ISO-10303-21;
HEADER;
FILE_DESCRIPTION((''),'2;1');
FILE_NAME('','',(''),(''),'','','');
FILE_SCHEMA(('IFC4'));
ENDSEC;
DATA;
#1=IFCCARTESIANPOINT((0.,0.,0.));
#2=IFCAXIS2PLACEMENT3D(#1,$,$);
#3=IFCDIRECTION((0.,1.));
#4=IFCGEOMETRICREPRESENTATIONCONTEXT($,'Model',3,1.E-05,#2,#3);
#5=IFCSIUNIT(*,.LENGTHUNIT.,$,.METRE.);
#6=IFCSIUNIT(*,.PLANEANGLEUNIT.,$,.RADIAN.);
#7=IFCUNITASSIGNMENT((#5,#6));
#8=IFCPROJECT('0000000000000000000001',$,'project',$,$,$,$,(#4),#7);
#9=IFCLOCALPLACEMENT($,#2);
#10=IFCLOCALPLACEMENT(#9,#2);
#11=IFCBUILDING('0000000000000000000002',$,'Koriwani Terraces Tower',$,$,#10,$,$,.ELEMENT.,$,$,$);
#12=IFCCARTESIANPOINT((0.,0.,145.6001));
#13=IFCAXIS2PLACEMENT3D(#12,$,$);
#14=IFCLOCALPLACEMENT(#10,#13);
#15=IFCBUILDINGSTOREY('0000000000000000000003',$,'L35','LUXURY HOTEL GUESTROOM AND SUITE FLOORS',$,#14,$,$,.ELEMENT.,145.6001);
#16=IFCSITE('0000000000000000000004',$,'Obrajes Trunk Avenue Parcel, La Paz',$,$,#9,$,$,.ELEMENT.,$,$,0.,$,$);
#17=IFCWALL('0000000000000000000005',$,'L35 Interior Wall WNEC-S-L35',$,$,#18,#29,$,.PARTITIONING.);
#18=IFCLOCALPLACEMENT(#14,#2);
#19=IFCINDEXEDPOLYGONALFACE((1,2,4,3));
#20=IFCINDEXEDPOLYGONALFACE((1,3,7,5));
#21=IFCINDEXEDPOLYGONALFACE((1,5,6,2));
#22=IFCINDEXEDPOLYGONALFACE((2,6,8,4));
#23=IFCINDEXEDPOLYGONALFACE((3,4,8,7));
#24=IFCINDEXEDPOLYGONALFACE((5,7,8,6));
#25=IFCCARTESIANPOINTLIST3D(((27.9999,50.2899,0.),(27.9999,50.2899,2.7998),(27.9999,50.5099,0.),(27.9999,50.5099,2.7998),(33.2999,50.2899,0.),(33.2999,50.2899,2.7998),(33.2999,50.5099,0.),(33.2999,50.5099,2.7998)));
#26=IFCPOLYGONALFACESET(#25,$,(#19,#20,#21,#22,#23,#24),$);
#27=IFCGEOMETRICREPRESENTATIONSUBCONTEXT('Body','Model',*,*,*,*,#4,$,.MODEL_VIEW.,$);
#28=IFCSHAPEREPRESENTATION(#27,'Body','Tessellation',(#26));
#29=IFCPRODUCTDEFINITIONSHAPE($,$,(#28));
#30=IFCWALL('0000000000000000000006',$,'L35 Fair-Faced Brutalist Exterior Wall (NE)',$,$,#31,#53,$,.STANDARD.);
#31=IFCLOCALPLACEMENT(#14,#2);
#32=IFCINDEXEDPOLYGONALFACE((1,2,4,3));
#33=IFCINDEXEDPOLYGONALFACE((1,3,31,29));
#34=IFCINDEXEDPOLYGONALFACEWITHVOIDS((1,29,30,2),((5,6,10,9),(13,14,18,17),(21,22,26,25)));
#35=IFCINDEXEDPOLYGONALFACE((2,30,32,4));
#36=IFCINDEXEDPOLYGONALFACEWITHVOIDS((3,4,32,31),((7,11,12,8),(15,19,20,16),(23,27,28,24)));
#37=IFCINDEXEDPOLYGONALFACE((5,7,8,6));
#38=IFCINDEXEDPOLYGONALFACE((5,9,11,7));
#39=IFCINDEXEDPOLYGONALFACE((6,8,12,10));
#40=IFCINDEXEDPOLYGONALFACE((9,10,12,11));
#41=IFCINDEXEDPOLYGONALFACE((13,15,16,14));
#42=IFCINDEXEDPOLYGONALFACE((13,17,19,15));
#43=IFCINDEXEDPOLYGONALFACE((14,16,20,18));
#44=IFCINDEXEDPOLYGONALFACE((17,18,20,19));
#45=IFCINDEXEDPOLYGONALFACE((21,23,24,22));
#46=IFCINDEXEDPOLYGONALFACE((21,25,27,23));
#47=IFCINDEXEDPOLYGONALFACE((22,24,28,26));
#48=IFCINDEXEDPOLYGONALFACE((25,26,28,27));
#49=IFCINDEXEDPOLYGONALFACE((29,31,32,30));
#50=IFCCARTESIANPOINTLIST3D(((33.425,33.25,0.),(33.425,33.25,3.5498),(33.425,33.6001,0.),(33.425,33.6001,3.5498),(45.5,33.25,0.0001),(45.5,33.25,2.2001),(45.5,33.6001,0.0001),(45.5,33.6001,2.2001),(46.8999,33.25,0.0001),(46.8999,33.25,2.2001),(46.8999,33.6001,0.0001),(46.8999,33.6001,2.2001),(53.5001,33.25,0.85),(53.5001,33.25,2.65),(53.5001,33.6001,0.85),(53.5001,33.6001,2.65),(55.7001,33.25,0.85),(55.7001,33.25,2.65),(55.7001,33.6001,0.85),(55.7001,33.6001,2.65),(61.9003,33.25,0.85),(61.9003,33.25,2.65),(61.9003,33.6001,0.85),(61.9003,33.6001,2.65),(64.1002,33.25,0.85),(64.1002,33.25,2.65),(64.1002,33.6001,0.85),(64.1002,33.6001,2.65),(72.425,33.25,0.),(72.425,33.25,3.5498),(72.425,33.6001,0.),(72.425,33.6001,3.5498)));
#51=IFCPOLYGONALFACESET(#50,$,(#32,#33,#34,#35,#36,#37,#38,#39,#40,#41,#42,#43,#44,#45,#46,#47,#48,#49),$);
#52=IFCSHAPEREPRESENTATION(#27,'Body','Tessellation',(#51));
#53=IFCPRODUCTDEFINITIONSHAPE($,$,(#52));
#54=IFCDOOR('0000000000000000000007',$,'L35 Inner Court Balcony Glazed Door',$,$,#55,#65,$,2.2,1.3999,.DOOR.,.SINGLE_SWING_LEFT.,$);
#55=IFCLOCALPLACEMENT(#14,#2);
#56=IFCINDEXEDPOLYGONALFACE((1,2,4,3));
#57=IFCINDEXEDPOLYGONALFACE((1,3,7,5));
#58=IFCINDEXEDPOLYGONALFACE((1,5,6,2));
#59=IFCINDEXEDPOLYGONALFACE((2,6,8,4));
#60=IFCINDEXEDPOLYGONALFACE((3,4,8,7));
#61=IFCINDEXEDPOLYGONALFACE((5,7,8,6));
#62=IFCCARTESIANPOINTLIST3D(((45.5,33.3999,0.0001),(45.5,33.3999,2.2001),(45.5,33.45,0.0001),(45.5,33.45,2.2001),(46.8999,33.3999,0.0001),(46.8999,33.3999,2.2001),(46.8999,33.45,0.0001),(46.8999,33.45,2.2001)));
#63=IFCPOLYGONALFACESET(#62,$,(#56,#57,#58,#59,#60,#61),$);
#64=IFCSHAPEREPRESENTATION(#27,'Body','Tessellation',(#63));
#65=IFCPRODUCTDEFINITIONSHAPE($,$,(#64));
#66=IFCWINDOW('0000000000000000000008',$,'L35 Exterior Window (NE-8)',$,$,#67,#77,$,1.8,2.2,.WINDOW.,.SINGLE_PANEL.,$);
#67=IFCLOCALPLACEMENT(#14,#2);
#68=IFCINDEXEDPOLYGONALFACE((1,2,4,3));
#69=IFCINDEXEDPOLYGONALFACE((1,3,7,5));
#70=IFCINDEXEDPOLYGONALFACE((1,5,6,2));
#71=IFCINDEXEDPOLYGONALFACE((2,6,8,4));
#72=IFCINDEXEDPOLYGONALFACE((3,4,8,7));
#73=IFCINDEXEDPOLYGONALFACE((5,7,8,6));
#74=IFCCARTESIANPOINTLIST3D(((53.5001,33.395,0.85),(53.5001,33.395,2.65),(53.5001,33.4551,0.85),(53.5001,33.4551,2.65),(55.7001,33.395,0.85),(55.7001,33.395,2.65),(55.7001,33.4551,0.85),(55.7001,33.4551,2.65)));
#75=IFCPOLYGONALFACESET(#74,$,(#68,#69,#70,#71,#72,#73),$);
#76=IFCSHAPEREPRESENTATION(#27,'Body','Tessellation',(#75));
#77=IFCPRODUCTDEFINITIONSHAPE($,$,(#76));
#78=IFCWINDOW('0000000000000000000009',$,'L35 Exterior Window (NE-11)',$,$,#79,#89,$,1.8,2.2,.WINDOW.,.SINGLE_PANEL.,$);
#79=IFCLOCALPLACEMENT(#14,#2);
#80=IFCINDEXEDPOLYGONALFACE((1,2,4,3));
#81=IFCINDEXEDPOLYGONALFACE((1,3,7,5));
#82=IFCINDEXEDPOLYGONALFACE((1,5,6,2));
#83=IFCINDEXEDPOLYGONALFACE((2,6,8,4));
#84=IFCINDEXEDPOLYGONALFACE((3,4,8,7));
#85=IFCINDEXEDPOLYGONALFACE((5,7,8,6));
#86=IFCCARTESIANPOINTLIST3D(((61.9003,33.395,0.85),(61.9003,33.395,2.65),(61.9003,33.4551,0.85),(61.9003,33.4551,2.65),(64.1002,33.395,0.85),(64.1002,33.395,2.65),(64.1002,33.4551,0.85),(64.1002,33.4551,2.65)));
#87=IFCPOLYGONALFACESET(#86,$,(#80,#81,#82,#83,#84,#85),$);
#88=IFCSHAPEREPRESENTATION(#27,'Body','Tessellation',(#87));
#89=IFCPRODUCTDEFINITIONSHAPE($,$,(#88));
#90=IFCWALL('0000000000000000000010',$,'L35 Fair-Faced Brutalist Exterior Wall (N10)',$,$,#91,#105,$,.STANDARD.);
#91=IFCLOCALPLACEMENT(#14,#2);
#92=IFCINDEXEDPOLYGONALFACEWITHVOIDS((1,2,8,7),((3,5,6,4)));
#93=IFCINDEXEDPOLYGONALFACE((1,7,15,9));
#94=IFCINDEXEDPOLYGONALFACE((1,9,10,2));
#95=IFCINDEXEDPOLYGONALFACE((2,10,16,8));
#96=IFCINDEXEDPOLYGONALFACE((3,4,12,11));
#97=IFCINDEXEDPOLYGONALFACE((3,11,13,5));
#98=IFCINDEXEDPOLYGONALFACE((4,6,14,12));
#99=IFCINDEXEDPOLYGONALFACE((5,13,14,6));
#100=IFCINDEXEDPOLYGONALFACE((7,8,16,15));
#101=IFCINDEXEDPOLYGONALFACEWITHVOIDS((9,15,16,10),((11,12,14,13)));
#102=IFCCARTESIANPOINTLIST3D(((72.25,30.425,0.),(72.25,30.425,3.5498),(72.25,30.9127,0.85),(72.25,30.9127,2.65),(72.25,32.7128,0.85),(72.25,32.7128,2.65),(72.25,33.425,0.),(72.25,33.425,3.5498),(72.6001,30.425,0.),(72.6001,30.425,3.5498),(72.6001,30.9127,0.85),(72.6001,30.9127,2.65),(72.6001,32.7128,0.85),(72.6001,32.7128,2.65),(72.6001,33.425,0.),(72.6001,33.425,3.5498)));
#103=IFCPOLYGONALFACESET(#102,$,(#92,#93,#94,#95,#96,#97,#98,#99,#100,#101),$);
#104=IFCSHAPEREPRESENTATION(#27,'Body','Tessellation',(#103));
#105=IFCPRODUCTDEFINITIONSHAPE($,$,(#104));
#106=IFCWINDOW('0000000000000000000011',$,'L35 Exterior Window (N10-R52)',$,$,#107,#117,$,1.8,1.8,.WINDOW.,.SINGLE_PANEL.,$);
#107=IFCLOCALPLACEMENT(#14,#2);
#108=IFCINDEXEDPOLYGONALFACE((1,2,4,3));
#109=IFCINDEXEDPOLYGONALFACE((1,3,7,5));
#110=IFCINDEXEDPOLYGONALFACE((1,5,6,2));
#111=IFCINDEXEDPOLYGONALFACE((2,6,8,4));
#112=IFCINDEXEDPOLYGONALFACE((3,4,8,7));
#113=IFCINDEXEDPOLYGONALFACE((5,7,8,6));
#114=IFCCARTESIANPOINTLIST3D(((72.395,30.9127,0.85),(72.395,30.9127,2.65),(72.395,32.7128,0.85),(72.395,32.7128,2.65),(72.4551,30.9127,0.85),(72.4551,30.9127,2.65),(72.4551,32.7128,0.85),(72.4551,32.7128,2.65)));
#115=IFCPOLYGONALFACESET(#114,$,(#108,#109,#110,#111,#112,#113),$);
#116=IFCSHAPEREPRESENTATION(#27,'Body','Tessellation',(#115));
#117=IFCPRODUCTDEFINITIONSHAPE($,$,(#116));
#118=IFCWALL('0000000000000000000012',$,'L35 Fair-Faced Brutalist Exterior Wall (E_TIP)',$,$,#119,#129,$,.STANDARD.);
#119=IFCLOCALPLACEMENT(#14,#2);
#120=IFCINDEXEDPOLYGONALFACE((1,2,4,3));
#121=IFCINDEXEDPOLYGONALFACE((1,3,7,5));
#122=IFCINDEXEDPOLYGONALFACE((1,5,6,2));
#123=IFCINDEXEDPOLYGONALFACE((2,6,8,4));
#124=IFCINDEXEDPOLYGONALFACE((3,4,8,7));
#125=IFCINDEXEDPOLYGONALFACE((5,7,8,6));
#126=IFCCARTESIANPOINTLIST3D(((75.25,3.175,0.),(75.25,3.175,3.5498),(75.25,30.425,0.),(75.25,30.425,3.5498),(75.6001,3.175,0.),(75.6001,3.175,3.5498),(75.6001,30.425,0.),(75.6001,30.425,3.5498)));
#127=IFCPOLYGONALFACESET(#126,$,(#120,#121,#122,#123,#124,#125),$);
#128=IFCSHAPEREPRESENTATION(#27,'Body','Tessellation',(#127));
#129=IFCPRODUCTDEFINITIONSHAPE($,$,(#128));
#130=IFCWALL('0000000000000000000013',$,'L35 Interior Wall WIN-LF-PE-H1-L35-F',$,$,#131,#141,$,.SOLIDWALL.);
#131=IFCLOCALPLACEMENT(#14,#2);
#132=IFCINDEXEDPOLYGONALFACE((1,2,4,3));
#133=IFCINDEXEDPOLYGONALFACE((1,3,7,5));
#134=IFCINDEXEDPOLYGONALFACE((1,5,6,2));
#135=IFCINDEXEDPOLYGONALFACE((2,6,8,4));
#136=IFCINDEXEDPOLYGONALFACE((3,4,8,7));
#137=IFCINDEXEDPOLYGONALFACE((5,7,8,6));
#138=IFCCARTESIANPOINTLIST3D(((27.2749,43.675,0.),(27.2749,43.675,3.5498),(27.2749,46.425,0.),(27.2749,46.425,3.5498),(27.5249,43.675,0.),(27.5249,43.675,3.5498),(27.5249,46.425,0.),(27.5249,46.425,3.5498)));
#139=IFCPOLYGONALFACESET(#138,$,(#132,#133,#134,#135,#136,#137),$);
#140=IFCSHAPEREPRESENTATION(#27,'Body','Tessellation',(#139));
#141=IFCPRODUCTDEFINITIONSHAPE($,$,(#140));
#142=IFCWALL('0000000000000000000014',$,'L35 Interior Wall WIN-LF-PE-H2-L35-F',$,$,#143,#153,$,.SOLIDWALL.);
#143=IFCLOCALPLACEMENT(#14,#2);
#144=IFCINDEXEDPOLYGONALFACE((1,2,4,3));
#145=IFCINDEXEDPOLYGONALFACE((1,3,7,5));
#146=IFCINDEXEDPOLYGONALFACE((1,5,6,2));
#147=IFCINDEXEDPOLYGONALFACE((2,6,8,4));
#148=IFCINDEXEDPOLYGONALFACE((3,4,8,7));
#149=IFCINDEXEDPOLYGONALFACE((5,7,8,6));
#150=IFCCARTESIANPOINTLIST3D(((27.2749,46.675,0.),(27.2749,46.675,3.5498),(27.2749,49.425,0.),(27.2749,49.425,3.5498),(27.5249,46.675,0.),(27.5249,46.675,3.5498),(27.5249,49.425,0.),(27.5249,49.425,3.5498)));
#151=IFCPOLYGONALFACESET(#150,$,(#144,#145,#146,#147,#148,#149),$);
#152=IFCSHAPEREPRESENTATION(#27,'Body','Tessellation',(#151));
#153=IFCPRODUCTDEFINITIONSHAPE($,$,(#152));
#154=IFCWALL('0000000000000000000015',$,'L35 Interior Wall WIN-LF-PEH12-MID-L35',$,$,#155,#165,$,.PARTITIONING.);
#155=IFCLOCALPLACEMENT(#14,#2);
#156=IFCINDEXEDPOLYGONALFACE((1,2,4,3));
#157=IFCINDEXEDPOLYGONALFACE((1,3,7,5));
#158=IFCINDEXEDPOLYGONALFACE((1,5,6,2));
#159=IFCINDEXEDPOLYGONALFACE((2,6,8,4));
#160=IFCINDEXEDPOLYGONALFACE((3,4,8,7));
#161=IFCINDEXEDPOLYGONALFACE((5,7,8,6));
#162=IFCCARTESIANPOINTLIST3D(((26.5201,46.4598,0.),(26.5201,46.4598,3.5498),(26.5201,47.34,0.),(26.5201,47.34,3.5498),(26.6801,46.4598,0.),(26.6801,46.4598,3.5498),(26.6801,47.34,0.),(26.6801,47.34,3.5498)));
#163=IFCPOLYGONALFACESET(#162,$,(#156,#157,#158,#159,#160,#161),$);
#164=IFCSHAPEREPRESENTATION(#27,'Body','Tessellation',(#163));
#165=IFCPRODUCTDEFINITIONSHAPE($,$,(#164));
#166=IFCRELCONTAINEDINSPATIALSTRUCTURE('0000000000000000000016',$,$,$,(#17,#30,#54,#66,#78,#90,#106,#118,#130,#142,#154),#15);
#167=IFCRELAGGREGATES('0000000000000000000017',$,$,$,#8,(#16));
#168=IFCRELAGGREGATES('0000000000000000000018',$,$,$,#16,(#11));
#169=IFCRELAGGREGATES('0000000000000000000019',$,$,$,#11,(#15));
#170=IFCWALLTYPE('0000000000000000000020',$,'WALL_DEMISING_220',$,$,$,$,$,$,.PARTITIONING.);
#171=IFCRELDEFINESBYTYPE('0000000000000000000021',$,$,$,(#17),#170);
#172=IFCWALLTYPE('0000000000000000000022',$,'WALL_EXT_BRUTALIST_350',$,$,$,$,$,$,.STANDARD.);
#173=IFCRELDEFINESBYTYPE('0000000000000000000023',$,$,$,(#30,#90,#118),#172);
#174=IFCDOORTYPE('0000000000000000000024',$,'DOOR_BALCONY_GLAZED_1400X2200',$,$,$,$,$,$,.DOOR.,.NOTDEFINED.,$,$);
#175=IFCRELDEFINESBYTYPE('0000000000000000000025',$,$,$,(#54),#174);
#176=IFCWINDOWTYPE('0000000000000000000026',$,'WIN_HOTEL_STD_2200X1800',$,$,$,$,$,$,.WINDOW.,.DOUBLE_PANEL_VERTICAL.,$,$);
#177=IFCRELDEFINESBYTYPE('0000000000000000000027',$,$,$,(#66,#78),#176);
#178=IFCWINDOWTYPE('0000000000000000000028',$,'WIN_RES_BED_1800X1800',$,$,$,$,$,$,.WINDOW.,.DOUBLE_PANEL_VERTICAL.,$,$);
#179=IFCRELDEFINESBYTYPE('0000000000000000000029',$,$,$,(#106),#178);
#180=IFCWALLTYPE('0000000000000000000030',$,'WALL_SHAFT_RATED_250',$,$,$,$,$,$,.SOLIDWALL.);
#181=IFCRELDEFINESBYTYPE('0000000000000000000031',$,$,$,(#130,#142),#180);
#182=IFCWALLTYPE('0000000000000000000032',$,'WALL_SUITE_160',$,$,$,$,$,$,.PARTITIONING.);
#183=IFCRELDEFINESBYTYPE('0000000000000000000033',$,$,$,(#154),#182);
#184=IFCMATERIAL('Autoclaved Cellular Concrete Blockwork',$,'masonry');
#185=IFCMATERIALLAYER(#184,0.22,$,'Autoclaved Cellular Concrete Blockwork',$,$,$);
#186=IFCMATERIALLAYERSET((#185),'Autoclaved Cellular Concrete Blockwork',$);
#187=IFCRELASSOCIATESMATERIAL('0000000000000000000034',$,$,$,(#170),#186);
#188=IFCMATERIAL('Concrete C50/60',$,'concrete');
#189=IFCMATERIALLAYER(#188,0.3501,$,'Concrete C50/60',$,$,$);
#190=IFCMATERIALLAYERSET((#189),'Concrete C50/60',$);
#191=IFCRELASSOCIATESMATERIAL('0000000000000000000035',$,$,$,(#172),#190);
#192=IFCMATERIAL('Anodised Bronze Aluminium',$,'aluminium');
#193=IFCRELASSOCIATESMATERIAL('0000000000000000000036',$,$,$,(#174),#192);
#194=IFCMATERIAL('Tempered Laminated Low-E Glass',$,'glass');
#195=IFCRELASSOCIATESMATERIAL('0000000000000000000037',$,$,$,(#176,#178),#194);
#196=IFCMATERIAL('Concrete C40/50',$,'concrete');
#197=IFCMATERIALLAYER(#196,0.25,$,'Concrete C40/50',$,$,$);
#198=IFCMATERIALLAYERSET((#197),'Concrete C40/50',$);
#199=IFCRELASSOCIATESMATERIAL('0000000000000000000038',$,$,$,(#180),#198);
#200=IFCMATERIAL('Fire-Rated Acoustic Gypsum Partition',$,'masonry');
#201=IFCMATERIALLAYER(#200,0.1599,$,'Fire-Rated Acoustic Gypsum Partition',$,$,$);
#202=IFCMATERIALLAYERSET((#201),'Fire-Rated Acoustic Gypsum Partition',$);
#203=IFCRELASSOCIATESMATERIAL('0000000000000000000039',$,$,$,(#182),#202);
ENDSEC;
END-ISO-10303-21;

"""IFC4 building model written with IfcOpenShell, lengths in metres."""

from ifc_helpers import new_model, si_unit, direction, frame, frame_2d, origin, place, context, subcontext, project, spatial, rectangle, extrude, material, layer, layer_set, type_object, element, fill, save


model = new_model("IFC4")

# Units and contexts
model_context = context("Model", 3, precision=1e-05, world=origin(), true_north=direction((0.0, 1.0)))
body_context = subcontext(model_context, "Body", "Model", "MODEL_VIEW")
ifc_project = project(units=[si_unit("LENGTHUNIT", "METRE"), si_unit("PLANEANGLEUNIT", "RADIAN")], contexts=[model_context])

# Site, building, storey
site_placement = place(None, origin())
site = spatial("IfcSite", under=ifc_project, at=site_placement, Name="Obrajes Trunk Avenue Parcel, La Paz", CompositionType="ELEMENT", RefElevation=0.0)
building_placement = place(site_placement, origin())
building = spatial("IfcBuilding", under=site, at=building_placement, Name="Koriwani Terraces Tower", CompositionType="ELEMENT")
storey_placement = place(building_placement, frame((0.0, 0.0, 145.6001)))
storey = spatial("IfcBuildingStorey", under=building, at=storey_placement, Name="L35", Description="LUXURY HOTEL GUESTROOM AND SUITE FLOORS", CompositionType="ELEMENT", Elevation=145.6001)

# Shared definitions
ifc_material_1 = material(Name="Concrete C40/50", Category="concrete")

# Shared definitions
ifc_material_2 = material(Name="Autoclaved Cellular Concrete Blockwork", Category="masonry")

# Wall
ifc_layer_1 = layer(ifc_material_2, 0.22, Name="Autoclaved Cellular Concrete Blockwork")
ifc_layer_set_1 = layer_set([ifc_layer_1], Name="Autoclaved Cellular Concrete Blockwork")
wall_type_1 = type_object("IfcWallType", Name="WALL_DEMISING_220", PredefinedType="PARTITIONING", material=ifc_layer_set_1)
wall_1_placement = place(storey_placement, frame((28.0, 50.3999, 0.0), z_axis=(0.0, 0.0, 1.0), x_axis=(1.0, 0.0, 0.0)))
element("IfcWall", 1, at=wall_1_placement, inside=storey, type_object=wall_type_1, Name="L35 Interior Wall WNEC-S-L35", PredefinedType="PARTITIONING", context=body_context, shape_type="SweptSolid", body=[
    extrude(rectangle(XDim=5.3, YDim=0.22, at=frame_2d((2.6499, 0.0))), origin(), (0.0, 0.0, 1.0), 2.7998),
])

# Wall, openings, door, windows
ifc_material_3 = material(Name="Concrete C50/60", Category="concrete")
ifc_layer_2 = layer(ifc_material_3, 0.3501, Name="Concrete C50/60")
ifc_layer_set_2 = layer_set([ifc_layer_2], Name="Concrete C50/60")
wall_type_2 = type_object("IfcWallType", Name="WALL_EXT_BRUTALIST_350", PredefinedType="STANDARD", material=ifc_layer_set_2)
wall_2_placement = place(storey_placement, frame((33.425, 33.425, 0.0), z_axis=(0.0, 0.0, 1.0), x_axis=(1.0, 0.0, 0.0)))
wall_2 = element("IfcWall", 2, at=wall_2_placement, inside=storey, type_object=wall_type_2, Name="L35 Fair-Faced Brutalist Exterior Wall (NE)", PredefinedType="STANDARD", context=body_context, shape_type="SweptSolid", body=[
    extrude(rectangle(XDim=39.0, YDim=0.3501, at=frame_2d((19.5, 0.0))), origin(), (0.0, 0.0, 1.0), 3.5498),
])
opening_1_placement = place(wall_2_placement, frame((12.075, 0.0, 0.0)))
opening_1 = element("IfcOpeningElement", 3, at=opening_1_placement, cuts=wall_2, PredefinedType="OPENING", context=body_context, shape_type="SweptSolid", body=[
    extrude(rectangle(XDim=1.3999, YDim=2.2, at=frame_2d((0.7, 1.1001))), frame((0.0, 0.1851, 0.0), z_axis=(0.0, -1.0, 0.0), x_axis=(1.0, 0.0, 0.0)), (0.0, 0.0, 1.0), 0.3701),
])
opening_2_placement = place(wall_2_placement, frame((20.075, 0.0, 0.8501)))
opening_2 = element("IfcOpeningElement", 4, at=opening_2_placement, cuts=wall_2, PredefinedType="OPENING", context=body_context, shape_type="SweptSolid", body=[
    extrude(rectangle(XDim=2.2, YDim=1.8, at=frame_2d((1.1001, 0.8999))), frame((0.0, 0.1851, 0.0), z_axis=(0.0, -1.0, 0.0), x_axis=(1.0, 0.0, 0.0)), (0.0, 0.0, 1.0), 0.3701),
])
opening_3_placement = place(wall_2_placement, frame((28.4751, 0.0, 0.8501)))
opening_3 = element("IfcOpeningElement", 5, at=opening_3_placement, cuts=wall_2, PredefinedType="OPENING", context=body_context, shape_type="SweptSolid", body=[
    extrude(rectangle(XDim=2.2, YDim=1.8, at=frame_2d((1.1001, 0.8999))), frame((0.0, 0.1851, 0.0), z_axis=(0.0, -1.0, 0.0), x_axis=(1.0, 0.0, 0.0)), (0.0, 0.0, 1.0), 0.3701),
])
ifc_material_4 = material(Name="Anodised Bronze Aluminium", Category="aluminium")
door_type_1 = type_object("IfcDoorType", Name="DOOR_BALCONY_GLAZED_1400X2200", OperationType="NOTDEFINED", PredefinedType="DOOR", material=ifc_material_4)
door_1_placement = place(opening_1_placement, origin())
door_1 = element("IfcDoor", 6, at=door_1_placement, inside=storey, type_object=door_type_1, Name="L35 Inner Court Balcony Glazed Door", OperationType="SINGLE_SWING_LEFT", OverallHeight=2.2, OverallWidth=1.3999, PredefinedType="DOOR", context=body_context, shape_type="SweptSolid", body=[
    extrude(rectangle(XDim=1.3999, YDim=2.2, at=frame_2d((0.7, 1.1001))), frame((0.0, 0.0249, 0.0), z_axis=(0.0, -1.0, 0.0), x_axis=(1.0, 0.0, 0.0)), (0.0, 0.0, 1.0), 0.05),
])
fill(opening_1, door_1)
ifc_material_5 = material(Name="Tempered Laminated Low-E Glass", Category="glass")
window_type_1 = type_object("IfcWindowType", Name="WIN_HOTEL_STD_2200X1800", PartitioningType="DOUBLE_PANEL_VERTICAL", PredefinedType="WINDOW", material=ifc_material_5)
window_1_placement = place(opening_2_placement, origin())
window_1 = element("IfcWindow", 7, at=window_1_placement, inside=storey, type_object=window_type_1, Name="L35 Exterior Window (NE-8)", OverallHeight=1.8, OverallWidth=2.2, PartitioningType="SINGLE_PANEL", PredefinedType="WINDOW", context=body_context, shape_type="SweptSolid", body=[
    extrude(rectangle(XDim=2.2, YDim=1.8, at=frame_2d((1.1001, 0.8999))), frame((0.0, 0.03, 0.0), z_axis=(0.0, -1.0, 0.0), x_axis=(1.0, 0.0, 0.0)), (0.0, 0.0, 1.0), 0.0601),
])
fill(opening_2, window_1)
window_2_placement = place(opening_3_placement, origin())
window_2 = element("IfcWindow", 8, at=window_2_placement, inside=storey, type_object=window_type_1, Name="L35 Exterior Window (NE-11)", OverallHeight=1.8, OverallWidth=2.2, PartitioningType="SINGLE_PANEL", PredefinedType="WINDOW", context=body_context, shape_type="SweptSolid", body=[
    extrude(rectangle(XDim=2.2, YDim=1.8, at=frame_2d((1.1001, 0.8999))), frame((0.0, 0.03, 0.0), z_axis=(0.0, -1.0, 0.0), x_axis=(1.0, 0.0, 0.0)), (0.0, 0.0, 1.0), 0.0601),
])
fill(opening_3, window_2)

# Wall, opening, window
wall_3_placement = place(storey_placement, frame((72.425, 33.425, 0.0), z_axis=(0.0, 0.0, 1.0), x_axis=(0.0, -1.0, 0.0)))
wall_3 = element("IfcWall", 9, at=wall_3_placement, inside=storey, type_object=wall_type_2, Name="L35 Fair-Faced Brutalist Exterior Wall (N10)", PredefinedType="STANDARD", context=body_context, shape_type="SweptSolid", body=[
    extrude(rectangle(XDim=3.0, YDim=0.3501, at=frame_2d((1.5, 0.0))), origin(), (0.0, 0.0, 1.0), 3.5498),
])
opening_4_placement = place(wall_3_placement, frame((0.7124, 0.0, 0.8501)))
opening_4 = element("IfcOpeningElement", 10, at=opening_4_placement, cuts=wall_3, PredefinedType="OPENING", context=body_context, shape_type="SweptSolid", body=[
    extrude(rectangle(XDim=1.8, YDim=1.8, at=frame_2d((0.8999, 0.8999))), frame((0.0, 0.1851, 0.0), z_axis=(0.0, -1.0, 0.0), x_axis=(1.0, 0.0, 0.0)), (0.0, 0.0, 1.0), 0.3701),
])
window_type_2 = type_object("IfcWindowType", Name="WIN_RES_BED_1800X1800", PartitioningType="DOUBLE_PANEL_VERTICAL", PredefinedType="WINDOW", material=ifc_material_5)
window_3_placement = place(opening_4_placement, origin())
window_3 = element("IfcWindow", 11, at=window_3_placement, inside=storey, type_object=window_type_2, Name="L35 Exterior Window (N10-R52)", OverallHeight=1.8, OverallWidth=1.8, PartitioningType="SINGLE_PANEL", PredefinedType="WINDOW", context=body_context, shape_type="SweptSolid", body=[
    extrude(rectangle(XDim=1.8, YDim=1.8, at=frame_2d((0.8999, 0.8999))), frame((0.0, 0.03, 0.0), z_axis=(0.0, -1.0, 0.0), x_axis=(1.0, 0.0, 0.0)), (0.0, 0.0, 1.0), 0.0601),
])
fill(opening_4, window_3)

# Walls
wall_4_placement = place(storey_placement, frame((75.425, 30.425, 0.0), z_axis=(0.0, 0.0, 1.0), x_axis=(0.0, -1.0, 0.0)))
element("IfcWall", 12, at=wall_4_placement, inside=storey, type_object=wall_type_2, Name="L35 Fair-Faced Brutalist Exterior Wall (E_TIP)", PredefinedType="STANDARD", context=body_context, shape_type="SweptSolid", body=[
    extrude(rectangle(XDim=27.25, YDim=0.3501, at=frame_2d((13.625, 0.0))), origin(), (0.0, 0.0, 1.0), 3.5498),
])
ifc_layer_3 = layer(ifc_material_1, 0.25, Name="Concrete C40/50")
ifc_layer_set_3 = layer_set([ifc_layer_3], Name="Concrete C40/50")
wall_type_3 = type_object("IfcWallType", Name="WALL_SHAFT_RATED_250", PredefinedType="SOLIDWALL", material=ifc_layer_set_3)
for number, where, z_axis, x_axis, name in (
    (13, (27.3999, 43.675, 0.0), (0.0, 0.0, 1.0), (0.0, 1.0, 0.0), "L35 Interior Wall WIN-LF-PE-H1-L35-F"),
    (14, (27.3999, 46.675, 0.0), (0.0, 0.0, 1.0), (0.0, 1.0, 0.0), "L35 Interior Wall WIN-LF-PE-H2-L35-F"),
):
    element("IfcWall", number, at=place(storey_placement, frame(where, z_axis=z_axis, x_axis=x_axis)), inside=storey, type_object=wall_type_3, Name=name, PredefinedType="SOLIDWALL", context=body_context, shape_type="SweptSolid", body=[
        extrude(rectangle(XDim=2.75, YDim=0.25, at=frame_2d((1.375, 0.0))), origin(), (0.0, 0.0, 1.0), 3.5498),
    ])
ifc_material_6 = material(Name="Fire-Rated Acoustic Gypsum Partition", Category="masonry")
ifc_layer_4 = layer(ifc_material_6, 0.1599, Name="Fire-Rated Acoustic Gypsum Partition")
ifc_layer_set_4 = layer_set([ifc_layer_4], Name="Fire-Rated Acoustic Gypsum Partition")
wall_type_4 = type_object("IfcWallType", Name="WALL_SUITE_160", PredefinedType="PARTITIONING", material=ifc_layer_set_4)
wall_5_placement = place(storey_placement, frame((26.6001, 46.46, 0.0), z_axis=(0.0, 0.0, 1.0), x_axis=(0.0, 1.0, 0.0)))
element("IfcWall", 15, at=wall_5_placement, inside=storey, type_object=wall_type_4, Name="L35 Interior Wall WIN-LF-PEH12-MID-L35", PredefinedType="PARTITIONING", context=body_context, shape_type="SweptSolid", body=[
    extrude(rectangle(XDim=0.8801, YDim=0.1599, at=frame_2d((0.4399, 0.0))), origin(), (0.0, 0.0, 1.0), 3.5498),
])

save(model, "model.ifc")
